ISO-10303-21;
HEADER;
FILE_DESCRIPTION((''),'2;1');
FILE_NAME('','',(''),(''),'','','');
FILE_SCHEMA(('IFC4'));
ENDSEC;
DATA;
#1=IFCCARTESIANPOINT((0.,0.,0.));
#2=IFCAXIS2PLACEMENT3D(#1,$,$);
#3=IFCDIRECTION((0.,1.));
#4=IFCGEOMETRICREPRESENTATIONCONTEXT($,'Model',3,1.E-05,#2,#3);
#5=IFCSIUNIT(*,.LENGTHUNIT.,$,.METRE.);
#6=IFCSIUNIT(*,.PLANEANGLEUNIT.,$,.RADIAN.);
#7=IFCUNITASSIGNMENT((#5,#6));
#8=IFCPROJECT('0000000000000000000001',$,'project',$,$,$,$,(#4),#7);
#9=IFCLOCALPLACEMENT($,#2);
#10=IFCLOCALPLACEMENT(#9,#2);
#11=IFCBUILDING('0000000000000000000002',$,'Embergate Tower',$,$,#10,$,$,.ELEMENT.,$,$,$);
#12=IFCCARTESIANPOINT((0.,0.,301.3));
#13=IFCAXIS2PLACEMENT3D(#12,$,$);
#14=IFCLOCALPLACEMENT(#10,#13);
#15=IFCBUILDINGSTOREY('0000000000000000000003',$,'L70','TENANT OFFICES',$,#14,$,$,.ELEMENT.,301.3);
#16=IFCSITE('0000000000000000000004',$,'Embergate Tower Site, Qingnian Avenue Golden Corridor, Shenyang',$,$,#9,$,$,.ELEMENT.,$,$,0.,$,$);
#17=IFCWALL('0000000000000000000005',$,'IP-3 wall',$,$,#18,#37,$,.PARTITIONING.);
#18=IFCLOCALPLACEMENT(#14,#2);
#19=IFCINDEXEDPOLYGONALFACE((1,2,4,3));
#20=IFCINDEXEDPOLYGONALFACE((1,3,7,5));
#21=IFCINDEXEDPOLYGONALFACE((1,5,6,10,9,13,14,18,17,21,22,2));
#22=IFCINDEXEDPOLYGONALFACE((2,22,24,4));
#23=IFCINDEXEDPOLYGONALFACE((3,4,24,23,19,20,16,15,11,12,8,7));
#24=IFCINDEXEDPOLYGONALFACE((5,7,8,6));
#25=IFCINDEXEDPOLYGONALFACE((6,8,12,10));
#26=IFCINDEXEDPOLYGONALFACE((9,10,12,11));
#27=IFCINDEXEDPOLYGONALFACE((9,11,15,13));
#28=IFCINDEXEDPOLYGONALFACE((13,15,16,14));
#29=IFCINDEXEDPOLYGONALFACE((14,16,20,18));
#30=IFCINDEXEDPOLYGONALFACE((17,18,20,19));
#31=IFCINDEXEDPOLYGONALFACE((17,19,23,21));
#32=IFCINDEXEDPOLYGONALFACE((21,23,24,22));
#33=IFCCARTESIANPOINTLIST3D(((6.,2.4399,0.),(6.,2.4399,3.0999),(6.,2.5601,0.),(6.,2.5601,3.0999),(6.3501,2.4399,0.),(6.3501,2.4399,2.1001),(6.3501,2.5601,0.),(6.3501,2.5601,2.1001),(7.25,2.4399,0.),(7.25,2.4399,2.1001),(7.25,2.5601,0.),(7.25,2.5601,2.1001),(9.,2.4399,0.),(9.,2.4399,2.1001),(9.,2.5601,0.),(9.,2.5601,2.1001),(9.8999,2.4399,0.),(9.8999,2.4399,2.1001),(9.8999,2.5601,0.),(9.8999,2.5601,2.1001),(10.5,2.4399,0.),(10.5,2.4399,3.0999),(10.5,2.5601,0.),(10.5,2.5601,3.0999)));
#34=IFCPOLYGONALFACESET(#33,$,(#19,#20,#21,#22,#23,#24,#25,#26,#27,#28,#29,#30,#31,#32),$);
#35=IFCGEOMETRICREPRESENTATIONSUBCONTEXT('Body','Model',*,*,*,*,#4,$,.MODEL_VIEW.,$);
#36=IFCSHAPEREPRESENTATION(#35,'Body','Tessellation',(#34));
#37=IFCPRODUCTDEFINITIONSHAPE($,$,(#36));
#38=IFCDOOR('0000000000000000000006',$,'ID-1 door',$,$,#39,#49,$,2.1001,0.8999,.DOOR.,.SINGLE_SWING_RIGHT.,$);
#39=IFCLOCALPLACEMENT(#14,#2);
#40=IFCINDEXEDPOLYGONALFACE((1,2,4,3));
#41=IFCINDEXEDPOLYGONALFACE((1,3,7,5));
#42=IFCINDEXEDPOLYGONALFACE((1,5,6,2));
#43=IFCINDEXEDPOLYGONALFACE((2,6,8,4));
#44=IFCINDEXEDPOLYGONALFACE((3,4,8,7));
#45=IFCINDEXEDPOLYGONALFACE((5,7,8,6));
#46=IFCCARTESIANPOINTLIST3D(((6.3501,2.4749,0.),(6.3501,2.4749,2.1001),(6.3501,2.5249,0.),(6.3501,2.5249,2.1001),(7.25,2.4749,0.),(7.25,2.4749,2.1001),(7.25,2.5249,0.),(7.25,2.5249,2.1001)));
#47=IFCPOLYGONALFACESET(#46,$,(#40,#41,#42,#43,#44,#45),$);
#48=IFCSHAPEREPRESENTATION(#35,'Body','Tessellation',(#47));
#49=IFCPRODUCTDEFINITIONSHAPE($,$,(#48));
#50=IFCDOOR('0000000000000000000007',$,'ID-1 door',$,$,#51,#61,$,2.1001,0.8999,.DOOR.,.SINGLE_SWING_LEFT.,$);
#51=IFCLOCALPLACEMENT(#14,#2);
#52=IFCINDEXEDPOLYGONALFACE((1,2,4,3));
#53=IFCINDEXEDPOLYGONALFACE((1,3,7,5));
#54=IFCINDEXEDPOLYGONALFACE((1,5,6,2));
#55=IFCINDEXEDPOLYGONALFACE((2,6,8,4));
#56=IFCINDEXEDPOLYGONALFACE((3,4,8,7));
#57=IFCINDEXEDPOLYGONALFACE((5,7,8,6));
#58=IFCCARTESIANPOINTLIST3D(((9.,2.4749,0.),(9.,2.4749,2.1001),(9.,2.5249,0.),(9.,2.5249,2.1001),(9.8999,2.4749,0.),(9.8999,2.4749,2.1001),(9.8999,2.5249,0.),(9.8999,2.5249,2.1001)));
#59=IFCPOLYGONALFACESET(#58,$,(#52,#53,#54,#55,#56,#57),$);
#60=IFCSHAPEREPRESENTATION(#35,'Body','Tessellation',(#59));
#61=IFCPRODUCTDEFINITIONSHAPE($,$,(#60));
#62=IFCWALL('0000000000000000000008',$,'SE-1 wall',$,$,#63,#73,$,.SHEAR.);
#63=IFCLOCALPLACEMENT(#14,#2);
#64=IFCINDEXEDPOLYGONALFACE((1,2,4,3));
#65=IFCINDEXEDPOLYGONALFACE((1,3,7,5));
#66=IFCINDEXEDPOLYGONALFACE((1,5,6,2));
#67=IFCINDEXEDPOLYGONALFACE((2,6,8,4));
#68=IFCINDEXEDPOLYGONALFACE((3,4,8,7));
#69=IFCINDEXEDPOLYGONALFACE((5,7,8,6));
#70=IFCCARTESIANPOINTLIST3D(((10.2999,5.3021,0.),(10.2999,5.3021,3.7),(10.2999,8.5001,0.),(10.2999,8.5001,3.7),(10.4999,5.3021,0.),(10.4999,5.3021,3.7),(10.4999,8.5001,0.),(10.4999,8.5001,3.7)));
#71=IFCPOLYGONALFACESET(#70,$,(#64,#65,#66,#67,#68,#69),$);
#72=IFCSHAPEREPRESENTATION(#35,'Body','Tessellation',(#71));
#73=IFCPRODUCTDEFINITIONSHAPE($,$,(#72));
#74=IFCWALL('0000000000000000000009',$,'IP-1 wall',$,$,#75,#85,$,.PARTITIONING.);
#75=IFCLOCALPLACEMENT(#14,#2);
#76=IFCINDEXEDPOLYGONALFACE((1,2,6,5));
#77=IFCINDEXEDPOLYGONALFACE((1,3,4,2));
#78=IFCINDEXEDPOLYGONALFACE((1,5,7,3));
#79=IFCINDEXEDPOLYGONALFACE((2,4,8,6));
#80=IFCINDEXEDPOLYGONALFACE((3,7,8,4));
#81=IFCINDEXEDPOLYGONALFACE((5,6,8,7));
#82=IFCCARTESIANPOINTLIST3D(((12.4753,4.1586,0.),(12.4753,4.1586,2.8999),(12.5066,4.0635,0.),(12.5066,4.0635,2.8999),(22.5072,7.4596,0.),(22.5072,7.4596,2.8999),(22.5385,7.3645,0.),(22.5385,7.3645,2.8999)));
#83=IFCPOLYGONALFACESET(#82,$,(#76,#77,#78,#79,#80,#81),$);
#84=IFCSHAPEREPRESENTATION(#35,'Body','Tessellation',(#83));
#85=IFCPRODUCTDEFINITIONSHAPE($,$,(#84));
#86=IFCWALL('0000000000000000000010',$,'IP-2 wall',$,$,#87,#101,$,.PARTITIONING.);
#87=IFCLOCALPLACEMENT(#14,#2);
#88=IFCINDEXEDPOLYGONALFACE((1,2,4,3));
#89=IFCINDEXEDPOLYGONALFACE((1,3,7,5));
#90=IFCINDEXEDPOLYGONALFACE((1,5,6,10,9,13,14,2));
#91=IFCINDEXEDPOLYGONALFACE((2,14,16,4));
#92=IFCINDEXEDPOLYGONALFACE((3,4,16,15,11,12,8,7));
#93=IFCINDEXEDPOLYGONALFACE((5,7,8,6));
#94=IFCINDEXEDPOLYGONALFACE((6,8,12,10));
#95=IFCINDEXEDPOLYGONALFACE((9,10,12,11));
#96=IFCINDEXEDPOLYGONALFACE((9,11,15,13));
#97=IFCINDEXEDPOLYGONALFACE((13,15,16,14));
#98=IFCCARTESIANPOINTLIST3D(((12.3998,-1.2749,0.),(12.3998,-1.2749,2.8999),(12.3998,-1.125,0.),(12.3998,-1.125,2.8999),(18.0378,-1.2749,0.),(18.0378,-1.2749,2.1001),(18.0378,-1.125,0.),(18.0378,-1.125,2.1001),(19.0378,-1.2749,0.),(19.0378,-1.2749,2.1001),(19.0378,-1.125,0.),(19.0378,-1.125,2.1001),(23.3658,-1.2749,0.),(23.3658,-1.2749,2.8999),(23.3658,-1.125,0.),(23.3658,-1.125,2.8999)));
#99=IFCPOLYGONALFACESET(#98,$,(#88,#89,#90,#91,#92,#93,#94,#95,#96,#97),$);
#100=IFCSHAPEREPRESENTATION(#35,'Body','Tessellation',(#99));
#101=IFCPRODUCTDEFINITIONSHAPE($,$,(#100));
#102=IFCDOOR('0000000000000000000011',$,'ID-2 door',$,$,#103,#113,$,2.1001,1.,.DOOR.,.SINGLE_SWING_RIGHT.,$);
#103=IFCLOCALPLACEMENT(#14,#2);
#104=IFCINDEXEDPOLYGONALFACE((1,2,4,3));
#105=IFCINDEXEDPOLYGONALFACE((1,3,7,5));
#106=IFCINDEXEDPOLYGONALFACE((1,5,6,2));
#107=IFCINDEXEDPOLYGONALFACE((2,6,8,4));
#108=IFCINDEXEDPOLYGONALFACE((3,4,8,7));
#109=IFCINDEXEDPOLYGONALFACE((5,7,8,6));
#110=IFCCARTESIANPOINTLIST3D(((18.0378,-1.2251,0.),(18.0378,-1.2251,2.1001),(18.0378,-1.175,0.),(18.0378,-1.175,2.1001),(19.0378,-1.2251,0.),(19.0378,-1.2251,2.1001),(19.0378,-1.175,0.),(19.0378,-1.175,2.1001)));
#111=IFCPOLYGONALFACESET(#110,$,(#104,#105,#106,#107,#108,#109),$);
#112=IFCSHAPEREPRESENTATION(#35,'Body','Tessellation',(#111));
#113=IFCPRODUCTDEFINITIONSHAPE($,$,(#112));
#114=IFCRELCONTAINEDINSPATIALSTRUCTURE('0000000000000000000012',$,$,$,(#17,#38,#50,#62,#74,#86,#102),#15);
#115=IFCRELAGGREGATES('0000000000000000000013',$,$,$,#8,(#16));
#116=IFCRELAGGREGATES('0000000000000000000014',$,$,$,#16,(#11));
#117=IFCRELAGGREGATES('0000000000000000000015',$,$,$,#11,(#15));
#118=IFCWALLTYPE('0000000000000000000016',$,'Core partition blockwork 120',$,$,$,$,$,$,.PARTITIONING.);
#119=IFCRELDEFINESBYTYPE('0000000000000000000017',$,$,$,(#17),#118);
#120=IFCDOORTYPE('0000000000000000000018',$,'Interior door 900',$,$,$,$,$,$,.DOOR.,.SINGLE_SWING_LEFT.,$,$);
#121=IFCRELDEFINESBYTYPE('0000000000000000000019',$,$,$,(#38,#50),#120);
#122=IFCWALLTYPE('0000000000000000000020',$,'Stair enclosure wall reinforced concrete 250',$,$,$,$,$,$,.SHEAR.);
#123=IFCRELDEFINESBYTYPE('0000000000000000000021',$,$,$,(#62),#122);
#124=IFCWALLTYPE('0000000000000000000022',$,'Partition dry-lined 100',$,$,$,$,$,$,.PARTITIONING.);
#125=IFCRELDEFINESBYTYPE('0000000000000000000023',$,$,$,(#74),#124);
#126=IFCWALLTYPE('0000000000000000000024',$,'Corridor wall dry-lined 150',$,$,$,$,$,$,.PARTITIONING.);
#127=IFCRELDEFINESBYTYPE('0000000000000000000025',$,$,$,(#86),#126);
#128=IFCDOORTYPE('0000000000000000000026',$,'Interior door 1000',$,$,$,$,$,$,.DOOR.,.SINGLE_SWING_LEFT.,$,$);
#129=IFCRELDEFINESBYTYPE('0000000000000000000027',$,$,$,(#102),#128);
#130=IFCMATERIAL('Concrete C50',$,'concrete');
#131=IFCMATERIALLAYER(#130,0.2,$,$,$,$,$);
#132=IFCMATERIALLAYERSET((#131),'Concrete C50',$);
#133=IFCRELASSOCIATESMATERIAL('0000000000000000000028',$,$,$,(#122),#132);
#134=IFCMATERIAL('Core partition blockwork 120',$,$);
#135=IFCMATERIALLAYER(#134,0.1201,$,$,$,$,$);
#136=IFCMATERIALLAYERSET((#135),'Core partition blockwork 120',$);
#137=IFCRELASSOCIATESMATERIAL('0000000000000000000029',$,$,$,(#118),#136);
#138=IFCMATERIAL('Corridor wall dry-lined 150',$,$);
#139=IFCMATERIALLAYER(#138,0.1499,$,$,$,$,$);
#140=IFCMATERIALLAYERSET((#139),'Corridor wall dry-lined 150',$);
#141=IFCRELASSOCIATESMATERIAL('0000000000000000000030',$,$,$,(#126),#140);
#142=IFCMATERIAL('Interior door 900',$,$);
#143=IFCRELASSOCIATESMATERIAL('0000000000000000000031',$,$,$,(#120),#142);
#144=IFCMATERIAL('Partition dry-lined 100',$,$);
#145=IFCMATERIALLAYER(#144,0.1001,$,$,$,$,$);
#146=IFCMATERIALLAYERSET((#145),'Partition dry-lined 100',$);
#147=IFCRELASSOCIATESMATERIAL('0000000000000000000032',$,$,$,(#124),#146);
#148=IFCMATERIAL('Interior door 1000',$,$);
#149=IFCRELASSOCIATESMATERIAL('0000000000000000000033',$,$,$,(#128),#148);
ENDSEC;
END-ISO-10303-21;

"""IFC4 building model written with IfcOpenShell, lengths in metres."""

from ifc_helpers import new_model, si_unit, direction, frame, frame_2d, origin, place, context, subcontext, project, spatial, rectangle, extrude, source, transform, mapped, material, layer, layer_set, type_object, element, fill, save


model = new_model("IFC4")

# Units and contexts
model_context = context("Model", 3, precision=1e-05, world=origin(), true_north=direction((0.0, 1.0)))
body_context = subcontext(model_context, "Body", "Model", "MODEL_VIEW")
ifc_project = project(units=[si_unit("LENGTHUNIT", "METRE"), si_unit("PLANEANGLEUNIT", "RADIAN")], contexts=[model_context])

# Site, building, storey
site_placement = place(None, origin())
site = spatial("IfcSite", under=ifc_project, at=site_placement, Name="Embergate Tower Site, Qingnian Avenue Golden Corridor, Shenyang", CompositionType="ELEMENT", RefElevation=0.0)
building_placement = place(site_placement, origin())
building = spatial("IfcBuilding", under=site, at=building_placement, Name="Embergate Tower", CompositionType="ELEMENT")
storey_placement = place(building_placement, frame((0.0, 0.0, 301.3)))
storey = spatial("IfcBuildingStorey", under=building, at=storey_placement, Name="L70", Description="TENANT OFFICES", CompositionType="ELEMENT", Elevation=301.3)

# Shared definitions
ifc_material_1 = material(Name="Concrete C50", Category="concrete")

# Shared definitions
ifc_layer_1 = layer(ifc_material_1, 0.2)
ifc_layer_set_1 = layer_set([ifc_layer_1], Name="Concrete C50")
wall_type_1 = type_object("IfcWallType", Name="Stair enclosure wall reinforced concrete 250", PredefinedType="SHEAR", material=ifc_layer_set_1)
ifc_material_2 = material(Name="Core partition blockwork 120")
ifc_layer_2 = layer(ifc_material_2, 0.1201)
ifc_layer_set_2 = layer_set([ifc_layer_2], Name="Core partition blockwork 120")
wall_type_2 = type_object("IfcWallType", Name="Core partition blockwork 120", PredefinedType="PARTITIONING", material=ifc_layer_set_2)

# Shared definitions
ifc_material_3 = material(Name="Corridor wall dry-lined 150")
ifc_layer_3 = layer(ifc_material_3, 0.1499)
ifc_layer_set_3 = layer_set([ifc_layer_3], Name="Corridor wall dry-lined 150")
wall_type_3 = type_object("IfcWallType", Name="Corridor wall dry-lined 150", PredefinedType="PARTITIONING", material=ifc_layer_set_3)

# Wall, openings, doors
shared_shape_1 = source(origin(), body_context, "Body", "SweptSolid", [
    extrude(rectangle(XDim=4.5, YDim=0.1201, at=frame_2d((2.25, 0.0))), origin(), (0.0, 0.0, 1.0), 3.0999),
])
wall_1_placement = place(storey_placement, frame((6.0, 2.5, 0.0), z_axis=(0.0, 0.0, 1.0), x_axis=(1.0, 0.0, 0.0)))
wall_1 = element("IfcWall", 1, at=wall_1_placement, inside=storey, type_object=wall_type_2, Name="IP-3 wall", PredefinedType="PARTITIONING", context=body_context, shape_type="MappedRepresentation", body=[
    mapped(shared_shape_1, transform((0.0, 0.0, 0.0))),
])
shared_shape_2 = source(origin(), body_context, "Body", "SweptSolid", [
    extrude(rectangle(XDim=0.8999, YDim=2.1001, at=frame_2d((0.45, 1.05))), frame((0.0, 0.0701, 0.0), z_axis=(0.0, -1.0, 0.0), x_axis=(1.0, 0.0, 0.0)), (0.0, 0.0, 1.0), 0.1401),
])
opening_1_placement = place(wall_1_placement, frame((0.3501, 0.0, 0.0)))
opening_1 = element("IfcOpeningElement", 2, at=opening_1_placement, cuts=wall_1, PredefinedType="OPENING", context=body_context, shape_type="MappedRepresentation", body=[
    mapped(shared_shape_2, transform((0.0, 0.0, 0.0))),
])
opening_2_placement = place(wall_1_placement, frame((3.0, 0.0, 0.0)))
opening_2 = element("IfcOpeningElement", 3, at=opening_2_placement, cuts=wall_1, PredefinedType="OPENING", context=body_context, shape_type="MappedRepresentation", body=[
    mapped(shared_shape_2, transform((0.0, 0.0, 0.0))),
])
ifc_material_4 = material(Name="Interior door 900")
door_type_1 = type_object("IfcDoorType", Name="Interior door 900", OperationType="SINGLE_SWING_LEFT", PredefinedType="DOOR", material=ifc_material_4)
shared_shape_3 = source(origin(), body_context, "Body", "SweptSolid", [
    extrude(rectangle(XDim=0.8999, YDim=2.1001, at=frame_2d((0.45, 1.05))), frame((0.0, 0.0249, 0.0), z_axis=(0.0, -1.0, 0.0), x_axis=(1.0, 0.0, 0.0)), (0.0, 0.0, 1.0), 0.05),
])
door_1_placement = place(opening_1_placement, origin())
door_1 = element("IfcDoor", 4, at=door_1_placement, inside=storey, type_object=door_type_1, Name="ID-1 door", OperationType="SINGLE_SWING_RIGHT", OverallHeight=2.1001, OverallWidth=0.8999, PredefinedType="DOOR", context=body_context, shape_type="MappedRepresentation", body=[
    mapped(shared_shape_3, transform((0.0, 0.0, 0.0))),
])
fill(opening_1, door_1)
door_2_placement = place(opening_2_placement, origin())
door_2 = element("IfcDoor", 5, at=door_2_placement, inside=storey, type_object=door_type_1, Name="ID-1 door", OperationType="SINGLE_SWING_LEFT", OverallHeight=2.1001, OverallWidth=0.8999, PredefinedType="DOOR", context=body_context, shape_type="MappedRepresentation", body=[
    mapped(shared_shape_3, transform((0.0, 0.0, 0.0))),
])
fill(opening_2, door_2)

# Walls
shared_shape_4 = source(origin(), body_context, "Body", "SweptSolid", [
    extrude(rectangle(XDim=3.198, YDim=0.2, at=frame_2d((1.5991, 0.0))), origin(), (0.0, 0.0, 1.0), 3.7),
])
wall_2_placement = place(storey_placement, frame((10.3999, 5.302, 0.0), z_axis=(0.0, 0.0, 1.0), x_axis=(0.0, 1.0, 0.0)))
element("IfcWall", 6, at=wall_2_placement, inside=storey, type_object=wall_type_1, Name="SE-1 wall", PredefinedType="SHEAR", context=body_context, shape_type="MappedRepresentation", body=[
    mapped(shared_shape_4, transform((0.0, 0.0, 0.0))),
])
ifc_material_5 = material(Name="Partition dry-lined 100")
ifc_layer_4 = layer(ifc_material_5, 0.1001)
ifc_layer_set_4 = layer_set([ifc_layer_4], Name="Partition dry-lined 100")
wall_type_4 = type_object("IfcWallType", Name="Partition dry-lined 100", PredefinedType="PARTITIONING", material=ifc_layer_set_4)
shared_shape_5 = source(origin(), body_context, "Body", "SweptSolid", [
    extrude(rectangle(XDim=10.561, YDim=0.1001, at=frame_2d((5.2805, 0.0))), origin(), (0.0, 0.0, 1.0), 2.8999),
])
wall_3_placement = place(storey_placement, frame((12.491, 4.1111, 0.0), z_axis=(0.0, 0.0, 1.0), x_axis=(0.949897, 0.312564, 0.0)))
element("IfcWall", 7, at=wall_3_placement, inside=storey, type_object=wall_type_4, Name="IP-1 wall", PredefinedType="PARTITIONING", context=body_context, shape_type="MappedRepresentation", body=[
    mapped(shared_shape_5, transform((0.0, 0.0, 0.0))),
])

# Wall, opening, door
shared_shape_6 = source(origin(), body_context, "Body", "SweptSolid", [
    extrude(rectangle(XDim=10.9661, YDim=0.1499, at=frame_2d((5.4829, 0.0))), origin(), (0.0, 0.0, 1.0), 2.8999),
])
wall_4_placement = place(storey_placement, frame((12.3999, -1.2, 0.0), z_axis=(0.0, 0.0, 1.0), x_axis=(1.0, 0.0, 0.0)))
wall_4 = element("IfcWall", 8, at=wall_4_placement, inside=storey, type_object=wall_type_3, Name="IP-2 wall", PredefinedType="PARTITIONING", context=body_context, shape_type="MappedRepresentation", body=[
    mapped(shared_shape_6, transform((0.0, 0.0, 0.0))),
])
shared_shape_7 = source(origin(), body_context, "Body", "SweptSolid", [
    extrude(rectangle(XDim=1.0, YDim=2.1001, at=frame_2d((0.5, 1.05))), frame((0.0, 0.085, 0.0), z_axis=(0.0, -1.0, 0.0), x_axis=(1.0, 0.0, 0.0)), (0.0, 0.0, 1.0), 0.1699),
])
opening_3_placement = place(wall_4_placement, frame((5.6379, 0.0, 0.0)))
opening_3 = element("IfcOpeningElement", 9, at=opening_3_placement, cuts=wall_4, PredefinedType="OPENING", context=body_context, shape_type="MappedRepresentation", body=[
    mapped(shared_shape_7, transform((0.0, 0.0, 0.0))),
])
ifc_material_6 = material(Name="Interior door 1000")
door_type_2 = type_object("IfcDoorType", Name="Interior door 1000", OperationType="SINGLE_SWING_LEFT", PredefinedType="DOOR", material=ifc_material_6)
shared_shape_8 = source(origin(), body_context, "Body", "SweptSolid", [
    extrude(rectangle(XDim=1.0, YDim=2.1001, at=frame_2d((0.5, 1.05))), frame((0.0, 0.0249, 0.0), z_axis=(0.0, -1.0, 0.0), x_axis=(1.0, 0.0, 0.0)), (0.0, 0.0, 1.0), 0.05),
])
door_3_placement = place(opening_3_placement, origin())
door_3 = element("IfcDoor", 10, at=door_3_placement, inside=storey, type_object=door_type_2, Name="ID-2 door", OperationType="SINGLE_SWING_RIGHT", OverallHeight=2.1001, OverallWidth=1.0, PredefinedType="DOOR", context=body_context, shape_type="MappedRepresentation", body=[
    mapped(shared_shape_8, transform((0.0, 0.0, 0.0))),
])
fill(opening_3, door_3)

save(model, "model.ifc")
